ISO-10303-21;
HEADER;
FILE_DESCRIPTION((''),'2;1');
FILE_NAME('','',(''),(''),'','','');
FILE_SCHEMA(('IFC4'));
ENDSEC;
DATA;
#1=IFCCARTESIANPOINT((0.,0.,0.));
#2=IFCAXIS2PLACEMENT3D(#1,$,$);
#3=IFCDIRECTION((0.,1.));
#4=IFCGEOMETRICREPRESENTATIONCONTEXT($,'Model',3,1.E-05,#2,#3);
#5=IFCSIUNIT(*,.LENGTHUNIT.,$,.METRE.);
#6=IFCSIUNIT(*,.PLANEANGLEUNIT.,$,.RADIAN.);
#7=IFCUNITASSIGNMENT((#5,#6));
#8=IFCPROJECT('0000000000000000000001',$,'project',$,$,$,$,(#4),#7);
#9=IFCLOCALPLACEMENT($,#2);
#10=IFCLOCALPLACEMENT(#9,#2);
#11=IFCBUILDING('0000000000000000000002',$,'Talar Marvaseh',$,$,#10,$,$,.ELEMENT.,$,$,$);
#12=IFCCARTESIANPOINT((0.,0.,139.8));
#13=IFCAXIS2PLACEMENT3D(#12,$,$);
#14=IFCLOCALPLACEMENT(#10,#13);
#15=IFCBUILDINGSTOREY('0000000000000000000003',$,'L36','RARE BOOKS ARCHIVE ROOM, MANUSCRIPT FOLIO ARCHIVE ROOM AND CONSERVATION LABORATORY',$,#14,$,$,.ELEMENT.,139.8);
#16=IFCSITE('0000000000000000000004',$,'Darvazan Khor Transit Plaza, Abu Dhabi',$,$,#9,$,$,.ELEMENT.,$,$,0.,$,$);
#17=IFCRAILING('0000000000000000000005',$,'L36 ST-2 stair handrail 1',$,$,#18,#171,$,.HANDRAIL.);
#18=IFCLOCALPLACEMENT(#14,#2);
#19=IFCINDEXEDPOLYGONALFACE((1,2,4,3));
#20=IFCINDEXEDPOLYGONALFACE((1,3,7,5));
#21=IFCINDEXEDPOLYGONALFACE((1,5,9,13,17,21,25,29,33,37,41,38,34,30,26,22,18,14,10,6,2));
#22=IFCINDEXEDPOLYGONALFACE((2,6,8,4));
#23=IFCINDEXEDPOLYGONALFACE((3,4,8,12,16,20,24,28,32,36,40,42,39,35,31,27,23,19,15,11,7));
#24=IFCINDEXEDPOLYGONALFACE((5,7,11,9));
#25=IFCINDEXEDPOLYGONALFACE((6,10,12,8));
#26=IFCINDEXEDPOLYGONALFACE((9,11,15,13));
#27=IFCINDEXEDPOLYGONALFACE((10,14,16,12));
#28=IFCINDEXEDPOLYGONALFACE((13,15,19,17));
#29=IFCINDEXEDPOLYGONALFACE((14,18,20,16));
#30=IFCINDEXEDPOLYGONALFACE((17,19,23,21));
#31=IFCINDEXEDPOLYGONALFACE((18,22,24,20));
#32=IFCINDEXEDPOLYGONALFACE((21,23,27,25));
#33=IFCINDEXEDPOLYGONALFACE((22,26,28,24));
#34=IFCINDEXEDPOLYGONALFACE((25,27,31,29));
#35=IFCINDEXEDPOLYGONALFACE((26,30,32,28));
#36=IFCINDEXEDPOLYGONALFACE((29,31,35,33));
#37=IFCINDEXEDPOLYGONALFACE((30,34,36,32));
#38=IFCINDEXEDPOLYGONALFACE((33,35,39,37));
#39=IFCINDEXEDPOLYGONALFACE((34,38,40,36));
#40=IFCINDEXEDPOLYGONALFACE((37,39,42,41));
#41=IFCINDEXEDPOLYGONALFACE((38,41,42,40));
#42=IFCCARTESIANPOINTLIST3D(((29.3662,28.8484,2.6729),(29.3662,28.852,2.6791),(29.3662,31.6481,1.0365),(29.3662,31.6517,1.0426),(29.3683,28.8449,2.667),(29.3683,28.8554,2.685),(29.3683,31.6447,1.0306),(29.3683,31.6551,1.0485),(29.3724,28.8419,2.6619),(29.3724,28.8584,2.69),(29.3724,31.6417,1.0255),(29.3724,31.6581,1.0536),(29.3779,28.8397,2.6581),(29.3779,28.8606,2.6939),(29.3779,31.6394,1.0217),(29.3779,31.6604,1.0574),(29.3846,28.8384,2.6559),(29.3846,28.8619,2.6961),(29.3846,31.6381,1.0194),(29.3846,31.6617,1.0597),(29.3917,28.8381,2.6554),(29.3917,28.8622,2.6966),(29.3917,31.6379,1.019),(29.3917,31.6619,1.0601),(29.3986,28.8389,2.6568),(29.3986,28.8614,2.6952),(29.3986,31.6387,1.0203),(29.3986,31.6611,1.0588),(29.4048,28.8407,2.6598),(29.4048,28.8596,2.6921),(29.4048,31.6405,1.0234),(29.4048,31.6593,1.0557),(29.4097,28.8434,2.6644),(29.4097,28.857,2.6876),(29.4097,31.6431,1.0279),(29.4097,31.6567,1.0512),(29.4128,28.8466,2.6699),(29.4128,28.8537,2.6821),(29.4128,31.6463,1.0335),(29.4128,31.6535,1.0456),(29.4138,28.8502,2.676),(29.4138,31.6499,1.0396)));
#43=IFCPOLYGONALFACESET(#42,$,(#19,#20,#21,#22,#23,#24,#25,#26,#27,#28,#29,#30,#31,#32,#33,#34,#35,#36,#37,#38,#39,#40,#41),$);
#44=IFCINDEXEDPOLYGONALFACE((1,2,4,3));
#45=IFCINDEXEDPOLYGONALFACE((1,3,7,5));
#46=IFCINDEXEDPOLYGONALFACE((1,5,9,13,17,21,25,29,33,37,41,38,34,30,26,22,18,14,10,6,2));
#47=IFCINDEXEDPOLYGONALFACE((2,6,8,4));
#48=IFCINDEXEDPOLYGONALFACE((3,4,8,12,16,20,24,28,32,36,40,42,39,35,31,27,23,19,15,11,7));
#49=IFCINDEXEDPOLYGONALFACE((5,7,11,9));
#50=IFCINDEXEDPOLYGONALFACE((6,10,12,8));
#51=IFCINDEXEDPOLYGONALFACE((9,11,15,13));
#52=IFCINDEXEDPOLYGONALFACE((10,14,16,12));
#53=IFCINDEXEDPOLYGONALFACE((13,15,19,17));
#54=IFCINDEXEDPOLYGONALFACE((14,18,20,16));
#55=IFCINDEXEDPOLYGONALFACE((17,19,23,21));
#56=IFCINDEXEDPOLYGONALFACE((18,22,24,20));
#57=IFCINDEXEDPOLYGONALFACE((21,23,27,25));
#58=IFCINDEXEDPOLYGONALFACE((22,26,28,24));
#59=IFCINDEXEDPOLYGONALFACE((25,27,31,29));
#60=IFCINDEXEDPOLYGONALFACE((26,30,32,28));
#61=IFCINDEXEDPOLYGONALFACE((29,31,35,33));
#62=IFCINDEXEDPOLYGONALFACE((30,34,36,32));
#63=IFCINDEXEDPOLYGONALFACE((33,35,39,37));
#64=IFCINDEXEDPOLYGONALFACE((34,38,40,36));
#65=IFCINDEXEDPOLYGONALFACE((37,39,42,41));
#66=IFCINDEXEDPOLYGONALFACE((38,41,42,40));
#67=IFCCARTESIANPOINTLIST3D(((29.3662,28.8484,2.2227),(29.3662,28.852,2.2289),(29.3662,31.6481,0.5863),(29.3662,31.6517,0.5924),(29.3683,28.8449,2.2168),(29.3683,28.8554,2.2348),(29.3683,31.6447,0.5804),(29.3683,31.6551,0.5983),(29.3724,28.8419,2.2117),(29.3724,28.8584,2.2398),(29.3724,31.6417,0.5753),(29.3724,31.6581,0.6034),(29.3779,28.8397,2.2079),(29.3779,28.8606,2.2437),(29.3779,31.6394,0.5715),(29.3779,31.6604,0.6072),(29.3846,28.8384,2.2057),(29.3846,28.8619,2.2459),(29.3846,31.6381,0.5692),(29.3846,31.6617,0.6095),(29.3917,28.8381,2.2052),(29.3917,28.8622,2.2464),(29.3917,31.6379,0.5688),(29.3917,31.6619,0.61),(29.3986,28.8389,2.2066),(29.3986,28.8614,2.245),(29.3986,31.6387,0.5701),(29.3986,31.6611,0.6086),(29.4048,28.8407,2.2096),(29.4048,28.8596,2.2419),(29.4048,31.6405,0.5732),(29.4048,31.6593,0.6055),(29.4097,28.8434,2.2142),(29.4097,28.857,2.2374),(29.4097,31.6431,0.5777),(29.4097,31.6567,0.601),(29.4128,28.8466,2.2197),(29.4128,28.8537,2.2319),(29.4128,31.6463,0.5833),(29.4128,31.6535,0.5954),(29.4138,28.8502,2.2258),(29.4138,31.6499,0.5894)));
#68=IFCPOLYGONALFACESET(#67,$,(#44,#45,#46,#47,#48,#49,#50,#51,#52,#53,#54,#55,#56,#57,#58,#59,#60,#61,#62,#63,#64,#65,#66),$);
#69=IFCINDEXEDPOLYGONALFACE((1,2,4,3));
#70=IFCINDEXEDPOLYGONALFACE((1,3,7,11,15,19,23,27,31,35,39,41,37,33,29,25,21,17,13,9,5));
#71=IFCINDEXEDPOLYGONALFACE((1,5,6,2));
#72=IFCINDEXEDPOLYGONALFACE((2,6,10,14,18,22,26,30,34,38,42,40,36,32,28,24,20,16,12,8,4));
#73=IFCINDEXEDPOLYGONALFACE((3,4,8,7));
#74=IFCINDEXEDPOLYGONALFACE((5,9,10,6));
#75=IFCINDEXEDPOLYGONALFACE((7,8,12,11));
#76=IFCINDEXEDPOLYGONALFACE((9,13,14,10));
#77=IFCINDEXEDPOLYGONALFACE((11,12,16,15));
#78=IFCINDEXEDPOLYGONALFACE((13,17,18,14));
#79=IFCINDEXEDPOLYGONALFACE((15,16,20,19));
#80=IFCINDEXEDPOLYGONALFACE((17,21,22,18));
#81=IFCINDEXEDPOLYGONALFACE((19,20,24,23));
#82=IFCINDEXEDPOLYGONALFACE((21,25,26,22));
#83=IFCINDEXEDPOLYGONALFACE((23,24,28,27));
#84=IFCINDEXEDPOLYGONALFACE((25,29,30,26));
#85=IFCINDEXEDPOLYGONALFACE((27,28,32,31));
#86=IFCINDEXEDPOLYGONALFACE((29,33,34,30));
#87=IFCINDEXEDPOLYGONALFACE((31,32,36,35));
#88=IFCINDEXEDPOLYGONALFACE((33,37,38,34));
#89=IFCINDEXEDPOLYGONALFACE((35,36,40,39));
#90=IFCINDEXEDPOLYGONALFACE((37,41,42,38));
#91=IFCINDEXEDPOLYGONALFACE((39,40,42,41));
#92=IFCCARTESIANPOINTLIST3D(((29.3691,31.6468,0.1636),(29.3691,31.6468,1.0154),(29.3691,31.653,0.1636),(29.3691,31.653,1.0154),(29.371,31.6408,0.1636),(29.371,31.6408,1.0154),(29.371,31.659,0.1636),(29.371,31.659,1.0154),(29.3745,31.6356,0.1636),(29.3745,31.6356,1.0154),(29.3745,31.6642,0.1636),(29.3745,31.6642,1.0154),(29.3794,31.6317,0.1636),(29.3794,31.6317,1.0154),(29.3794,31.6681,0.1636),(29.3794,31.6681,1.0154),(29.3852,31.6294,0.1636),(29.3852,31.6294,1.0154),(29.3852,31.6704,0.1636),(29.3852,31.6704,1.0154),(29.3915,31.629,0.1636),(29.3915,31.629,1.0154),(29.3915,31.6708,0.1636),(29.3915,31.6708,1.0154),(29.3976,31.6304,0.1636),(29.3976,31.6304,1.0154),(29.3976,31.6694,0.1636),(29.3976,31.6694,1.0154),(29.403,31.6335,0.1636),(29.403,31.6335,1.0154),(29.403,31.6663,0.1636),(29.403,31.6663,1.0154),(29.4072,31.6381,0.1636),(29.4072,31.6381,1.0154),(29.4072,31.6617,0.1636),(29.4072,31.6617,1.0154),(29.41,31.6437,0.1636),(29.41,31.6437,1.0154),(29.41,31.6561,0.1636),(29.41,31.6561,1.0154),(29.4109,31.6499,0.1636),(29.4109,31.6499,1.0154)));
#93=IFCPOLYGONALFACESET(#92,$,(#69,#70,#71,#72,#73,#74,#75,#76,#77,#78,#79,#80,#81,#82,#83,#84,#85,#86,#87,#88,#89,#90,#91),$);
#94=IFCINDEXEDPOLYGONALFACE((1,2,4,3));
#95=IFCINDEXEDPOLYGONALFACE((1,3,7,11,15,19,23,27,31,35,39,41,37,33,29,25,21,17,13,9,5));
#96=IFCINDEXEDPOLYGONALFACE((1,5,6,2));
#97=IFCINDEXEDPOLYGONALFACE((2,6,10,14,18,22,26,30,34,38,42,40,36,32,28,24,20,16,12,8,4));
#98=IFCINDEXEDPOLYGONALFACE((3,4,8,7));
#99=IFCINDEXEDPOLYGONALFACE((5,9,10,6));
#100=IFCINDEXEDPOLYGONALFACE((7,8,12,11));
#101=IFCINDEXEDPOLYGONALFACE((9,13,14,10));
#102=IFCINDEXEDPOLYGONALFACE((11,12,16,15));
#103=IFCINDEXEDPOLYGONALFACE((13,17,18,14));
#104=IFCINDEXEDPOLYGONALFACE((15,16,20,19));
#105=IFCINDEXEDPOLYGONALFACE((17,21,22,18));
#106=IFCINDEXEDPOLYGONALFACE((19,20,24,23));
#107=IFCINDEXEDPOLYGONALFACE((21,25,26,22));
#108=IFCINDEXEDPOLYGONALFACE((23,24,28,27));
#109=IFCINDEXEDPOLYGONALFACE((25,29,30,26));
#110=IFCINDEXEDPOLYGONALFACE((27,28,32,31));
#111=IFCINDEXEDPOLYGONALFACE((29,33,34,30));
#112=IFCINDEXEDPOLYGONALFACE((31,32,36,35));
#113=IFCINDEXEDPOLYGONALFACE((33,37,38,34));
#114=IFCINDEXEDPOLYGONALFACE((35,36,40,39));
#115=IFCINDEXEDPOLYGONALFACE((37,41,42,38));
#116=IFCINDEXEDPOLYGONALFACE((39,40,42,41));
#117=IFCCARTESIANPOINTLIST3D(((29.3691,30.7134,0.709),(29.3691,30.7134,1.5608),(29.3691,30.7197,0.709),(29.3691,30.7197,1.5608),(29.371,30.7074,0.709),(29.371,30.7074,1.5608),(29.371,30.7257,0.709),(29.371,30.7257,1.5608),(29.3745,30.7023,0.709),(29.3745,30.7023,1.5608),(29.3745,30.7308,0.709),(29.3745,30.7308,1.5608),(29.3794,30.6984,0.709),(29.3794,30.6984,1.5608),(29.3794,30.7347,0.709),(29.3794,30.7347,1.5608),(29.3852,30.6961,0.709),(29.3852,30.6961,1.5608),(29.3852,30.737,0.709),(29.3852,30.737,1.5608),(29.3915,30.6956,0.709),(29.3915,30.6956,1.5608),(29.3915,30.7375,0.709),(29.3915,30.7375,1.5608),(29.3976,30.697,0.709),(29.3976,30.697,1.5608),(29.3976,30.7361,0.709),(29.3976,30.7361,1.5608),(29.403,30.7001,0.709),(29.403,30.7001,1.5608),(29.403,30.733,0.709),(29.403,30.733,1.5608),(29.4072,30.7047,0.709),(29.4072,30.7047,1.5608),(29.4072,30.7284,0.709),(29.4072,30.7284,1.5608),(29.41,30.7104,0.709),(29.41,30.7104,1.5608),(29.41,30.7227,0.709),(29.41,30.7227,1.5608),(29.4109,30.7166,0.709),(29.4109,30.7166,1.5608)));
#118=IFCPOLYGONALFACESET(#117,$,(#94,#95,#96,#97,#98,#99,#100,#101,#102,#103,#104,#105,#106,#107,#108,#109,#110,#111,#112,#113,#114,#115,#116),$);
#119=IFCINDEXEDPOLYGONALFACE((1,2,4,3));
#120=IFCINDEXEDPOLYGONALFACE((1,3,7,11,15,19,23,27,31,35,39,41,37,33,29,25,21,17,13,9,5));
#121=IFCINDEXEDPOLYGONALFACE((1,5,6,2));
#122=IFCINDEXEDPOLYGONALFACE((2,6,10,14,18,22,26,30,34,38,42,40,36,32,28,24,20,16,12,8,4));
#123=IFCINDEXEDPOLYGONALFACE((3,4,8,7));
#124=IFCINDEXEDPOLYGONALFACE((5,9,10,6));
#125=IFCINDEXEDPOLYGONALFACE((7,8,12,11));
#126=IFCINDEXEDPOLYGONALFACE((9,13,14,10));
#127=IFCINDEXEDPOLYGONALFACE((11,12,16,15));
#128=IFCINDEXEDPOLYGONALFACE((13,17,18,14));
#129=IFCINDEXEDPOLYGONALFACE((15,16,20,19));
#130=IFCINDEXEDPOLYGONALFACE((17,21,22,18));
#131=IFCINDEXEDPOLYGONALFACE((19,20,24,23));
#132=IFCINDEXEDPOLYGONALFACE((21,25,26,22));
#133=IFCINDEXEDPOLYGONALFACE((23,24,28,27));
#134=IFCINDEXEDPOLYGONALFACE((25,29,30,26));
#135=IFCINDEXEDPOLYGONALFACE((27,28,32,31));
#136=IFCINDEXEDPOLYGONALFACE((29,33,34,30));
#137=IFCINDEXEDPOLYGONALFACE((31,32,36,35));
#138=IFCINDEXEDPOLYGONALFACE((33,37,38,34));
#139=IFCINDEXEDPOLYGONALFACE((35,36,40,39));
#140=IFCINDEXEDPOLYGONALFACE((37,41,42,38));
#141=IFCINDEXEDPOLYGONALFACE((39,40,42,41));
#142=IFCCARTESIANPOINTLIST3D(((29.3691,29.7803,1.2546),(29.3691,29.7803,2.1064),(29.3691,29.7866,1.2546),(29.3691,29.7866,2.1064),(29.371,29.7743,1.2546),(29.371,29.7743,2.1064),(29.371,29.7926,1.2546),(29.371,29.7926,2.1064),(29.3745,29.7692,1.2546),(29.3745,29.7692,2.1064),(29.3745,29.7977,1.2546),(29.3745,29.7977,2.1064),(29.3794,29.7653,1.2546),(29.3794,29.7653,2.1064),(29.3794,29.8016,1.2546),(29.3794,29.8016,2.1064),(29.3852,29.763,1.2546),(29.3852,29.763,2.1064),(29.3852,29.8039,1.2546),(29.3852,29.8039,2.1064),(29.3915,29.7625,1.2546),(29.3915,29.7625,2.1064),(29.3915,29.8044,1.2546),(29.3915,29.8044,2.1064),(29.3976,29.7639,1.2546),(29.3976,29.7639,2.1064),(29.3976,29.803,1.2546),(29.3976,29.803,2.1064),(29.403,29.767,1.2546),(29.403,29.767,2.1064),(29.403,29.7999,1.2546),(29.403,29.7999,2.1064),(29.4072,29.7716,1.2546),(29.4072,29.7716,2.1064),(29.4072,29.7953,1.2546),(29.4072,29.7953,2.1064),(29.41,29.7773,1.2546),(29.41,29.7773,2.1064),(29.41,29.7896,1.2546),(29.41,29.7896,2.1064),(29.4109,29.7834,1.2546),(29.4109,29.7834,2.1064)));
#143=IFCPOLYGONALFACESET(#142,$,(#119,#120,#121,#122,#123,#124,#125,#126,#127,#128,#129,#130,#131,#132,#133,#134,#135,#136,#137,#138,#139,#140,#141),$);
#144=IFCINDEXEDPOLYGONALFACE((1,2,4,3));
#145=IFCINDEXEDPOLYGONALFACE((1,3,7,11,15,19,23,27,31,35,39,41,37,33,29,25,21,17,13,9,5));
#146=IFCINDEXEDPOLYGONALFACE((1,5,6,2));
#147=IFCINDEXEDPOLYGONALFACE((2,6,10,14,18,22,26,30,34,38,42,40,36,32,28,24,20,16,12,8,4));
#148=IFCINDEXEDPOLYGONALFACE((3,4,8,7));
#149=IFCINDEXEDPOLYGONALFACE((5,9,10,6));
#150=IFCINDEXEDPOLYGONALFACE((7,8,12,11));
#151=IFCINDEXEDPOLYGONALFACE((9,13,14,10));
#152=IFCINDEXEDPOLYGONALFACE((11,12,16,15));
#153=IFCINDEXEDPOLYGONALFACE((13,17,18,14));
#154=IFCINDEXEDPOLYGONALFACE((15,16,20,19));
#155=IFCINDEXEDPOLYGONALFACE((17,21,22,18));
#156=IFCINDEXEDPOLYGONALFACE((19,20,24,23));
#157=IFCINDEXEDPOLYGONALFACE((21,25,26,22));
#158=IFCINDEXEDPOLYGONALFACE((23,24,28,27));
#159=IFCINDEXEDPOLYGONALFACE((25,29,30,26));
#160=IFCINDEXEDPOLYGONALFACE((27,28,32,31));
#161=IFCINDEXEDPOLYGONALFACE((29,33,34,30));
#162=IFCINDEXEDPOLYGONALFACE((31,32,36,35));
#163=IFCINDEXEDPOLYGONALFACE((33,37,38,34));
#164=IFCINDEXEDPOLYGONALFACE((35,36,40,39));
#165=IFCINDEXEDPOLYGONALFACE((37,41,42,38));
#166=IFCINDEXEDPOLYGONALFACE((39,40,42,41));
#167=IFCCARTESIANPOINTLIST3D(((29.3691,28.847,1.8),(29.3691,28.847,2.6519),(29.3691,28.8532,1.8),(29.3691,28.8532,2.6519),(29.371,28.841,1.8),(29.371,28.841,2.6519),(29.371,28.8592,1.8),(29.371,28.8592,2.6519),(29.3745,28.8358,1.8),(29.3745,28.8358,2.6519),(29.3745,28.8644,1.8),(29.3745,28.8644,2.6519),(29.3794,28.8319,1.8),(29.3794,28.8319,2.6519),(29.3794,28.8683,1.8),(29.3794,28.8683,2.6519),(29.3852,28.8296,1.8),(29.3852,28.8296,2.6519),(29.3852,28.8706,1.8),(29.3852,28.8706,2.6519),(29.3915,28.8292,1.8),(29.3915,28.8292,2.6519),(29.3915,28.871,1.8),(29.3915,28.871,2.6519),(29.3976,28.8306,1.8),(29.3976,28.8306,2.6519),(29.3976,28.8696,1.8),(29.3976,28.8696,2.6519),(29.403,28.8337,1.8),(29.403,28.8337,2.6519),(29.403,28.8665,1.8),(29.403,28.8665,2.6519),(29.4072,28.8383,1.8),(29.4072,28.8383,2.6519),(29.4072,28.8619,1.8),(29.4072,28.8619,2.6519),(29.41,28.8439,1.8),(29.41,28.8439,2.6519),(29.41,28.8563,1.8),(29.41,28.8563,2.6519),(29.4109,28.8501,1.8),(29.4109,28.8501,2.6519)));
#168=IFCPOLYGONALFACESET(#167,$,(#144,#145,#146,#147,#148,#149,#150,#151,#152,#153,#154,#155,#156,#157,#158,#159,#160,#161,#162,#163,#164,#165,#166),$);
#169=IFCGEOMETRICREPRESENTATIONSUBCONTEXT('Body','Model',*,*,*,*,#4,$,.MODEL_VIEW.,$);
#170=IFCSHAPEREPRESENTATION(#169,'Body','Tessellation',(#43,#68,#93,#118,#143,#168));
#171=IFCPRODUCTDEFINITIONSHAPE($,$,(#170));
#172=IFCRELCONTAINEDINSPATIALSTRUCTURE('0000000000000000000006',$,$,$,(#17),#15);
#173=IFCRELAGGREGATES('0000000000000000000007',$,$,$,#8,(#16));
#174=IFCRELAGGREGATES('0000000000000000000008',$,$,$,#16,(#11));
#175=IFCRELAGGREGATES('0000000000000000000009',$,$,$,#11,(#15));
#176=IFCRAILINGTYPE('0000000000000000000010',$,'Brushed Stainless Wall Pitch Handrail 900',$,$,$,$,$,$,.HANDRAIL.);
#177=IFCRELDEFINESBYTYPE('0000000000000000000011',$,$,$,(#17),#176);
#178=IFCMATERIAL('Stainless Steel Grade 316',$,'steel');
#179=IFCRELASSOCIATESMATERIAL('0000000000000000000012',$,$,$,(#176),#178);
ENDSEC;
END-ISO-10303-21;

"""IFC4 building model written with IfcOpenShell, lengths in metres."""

from ifc_helpers import new_model, si_unit, direction, frame, origin, origin_2d, place, context, subcontext, project, spatial, circle, extrude, material, type_object, element, save


model = new_model("IFC4")

# Units and contexts
model_context = context("Model", 3, precision=1e-05, world=origin(), true_north=direction((0.0, 1.0)))
body_context = subcontext(model_context, "Body", "Model", "MODEL_VIEW")
ifc_project = project(units=[si_unit("LENGTHUNIT", "METRE"), si_unit("PLANEANGLEUNIT", "RADIAN")], contexts=[model_context])

# Site, building, storey
site_placement = place(None, origin())
site = spatial("IfcSite", under=ifc_project, at=site_placement, Name="Darvazan Khor Transit Plaza, Abu Dhabi", CompositionType="ELEMENT", RefElevation=0.0)
building_placement = place(site_placement, origin())
building = spatial("IfcBuilding", under=site, at=building_placement, Name="Talar Marvaseh", CompositionType="ELEMENT")
storey_placement = place(building_placement, frame((0.0, 0.0, 139.8)))
storey = spatial("IfcBuildingStorey", under=building, at=storey_placement, Name="L36", Description="RARE BOOKS ARCHIVE ROOM, MANUSCRIPT FOLIO ARCHIVE ROOM AND CONSERVATION LABORATORY", CompositionType="ELEMENT", Elevation=139.8)

# Shared definitions
ifc_material_1 = material(Name="Stainless Steel Grade 316", Category="steel")

# Railing
railing_type_1 = type_object("IfcRailingType", Name="Brushed Stainless Wall Pitch Handrail 900", PredefinedType="HANDRAIL", material=ifc_material_1)
railing_1_placement = place(storey_placement, frame((29.3899, 31.6499, 0.1636)))
element("IfcRailing", 1, at=railing_1_placement, inside=storey, type_object=railing_type_1, Name="L36 ST-2 stair handrail 1", PredefinedType="HANDRAIL", context=body_context, shape_type="SweptSolid", body=[
    extrude(circle(Radius=0.0239, at=origin_2d()), frame((0.0, 0.0, 0.876), z_axis=(0.0, -0.863342, 0.50462), x_axis=(1.0, 0.0, 0.0)), (0.0, 0.0, 1.0), 3.2429),
    extrude(circle(Radius=0.0239, at=origin_2d()), frame((0.0, 0.0, 0.4258), z_axis=(0.0, -0.863342, 0.50462), x_axis=(1.0, 0.0, 0.0)), (0.0, 0.0, 1.0), 3.2429),
    extrude(circle(Radius=0.021, at=origin_2d()), origin(), (0.0, 0.0, 1.0), 0.8518),
    extrude(circle(Radius=0.021, at=origin_2d()), frame((0.0, -0.9333, 0.5454)), (0.0, 0.0, 1.0), 0.8518),
    extrude(circle(Radius=0.021, at=origin_2d()), frame((0.0, -1.8665, 1.0911)), (0.0, 0.0, 1.0), 0.8518),
    extrude(circle(Radius=0.021, at=origin_2d()), frame((0.0, -2.7998, 1.6365)), (0.0, 0.0, 1.0), 0.8518),
])

save(model, "model.ifc")
